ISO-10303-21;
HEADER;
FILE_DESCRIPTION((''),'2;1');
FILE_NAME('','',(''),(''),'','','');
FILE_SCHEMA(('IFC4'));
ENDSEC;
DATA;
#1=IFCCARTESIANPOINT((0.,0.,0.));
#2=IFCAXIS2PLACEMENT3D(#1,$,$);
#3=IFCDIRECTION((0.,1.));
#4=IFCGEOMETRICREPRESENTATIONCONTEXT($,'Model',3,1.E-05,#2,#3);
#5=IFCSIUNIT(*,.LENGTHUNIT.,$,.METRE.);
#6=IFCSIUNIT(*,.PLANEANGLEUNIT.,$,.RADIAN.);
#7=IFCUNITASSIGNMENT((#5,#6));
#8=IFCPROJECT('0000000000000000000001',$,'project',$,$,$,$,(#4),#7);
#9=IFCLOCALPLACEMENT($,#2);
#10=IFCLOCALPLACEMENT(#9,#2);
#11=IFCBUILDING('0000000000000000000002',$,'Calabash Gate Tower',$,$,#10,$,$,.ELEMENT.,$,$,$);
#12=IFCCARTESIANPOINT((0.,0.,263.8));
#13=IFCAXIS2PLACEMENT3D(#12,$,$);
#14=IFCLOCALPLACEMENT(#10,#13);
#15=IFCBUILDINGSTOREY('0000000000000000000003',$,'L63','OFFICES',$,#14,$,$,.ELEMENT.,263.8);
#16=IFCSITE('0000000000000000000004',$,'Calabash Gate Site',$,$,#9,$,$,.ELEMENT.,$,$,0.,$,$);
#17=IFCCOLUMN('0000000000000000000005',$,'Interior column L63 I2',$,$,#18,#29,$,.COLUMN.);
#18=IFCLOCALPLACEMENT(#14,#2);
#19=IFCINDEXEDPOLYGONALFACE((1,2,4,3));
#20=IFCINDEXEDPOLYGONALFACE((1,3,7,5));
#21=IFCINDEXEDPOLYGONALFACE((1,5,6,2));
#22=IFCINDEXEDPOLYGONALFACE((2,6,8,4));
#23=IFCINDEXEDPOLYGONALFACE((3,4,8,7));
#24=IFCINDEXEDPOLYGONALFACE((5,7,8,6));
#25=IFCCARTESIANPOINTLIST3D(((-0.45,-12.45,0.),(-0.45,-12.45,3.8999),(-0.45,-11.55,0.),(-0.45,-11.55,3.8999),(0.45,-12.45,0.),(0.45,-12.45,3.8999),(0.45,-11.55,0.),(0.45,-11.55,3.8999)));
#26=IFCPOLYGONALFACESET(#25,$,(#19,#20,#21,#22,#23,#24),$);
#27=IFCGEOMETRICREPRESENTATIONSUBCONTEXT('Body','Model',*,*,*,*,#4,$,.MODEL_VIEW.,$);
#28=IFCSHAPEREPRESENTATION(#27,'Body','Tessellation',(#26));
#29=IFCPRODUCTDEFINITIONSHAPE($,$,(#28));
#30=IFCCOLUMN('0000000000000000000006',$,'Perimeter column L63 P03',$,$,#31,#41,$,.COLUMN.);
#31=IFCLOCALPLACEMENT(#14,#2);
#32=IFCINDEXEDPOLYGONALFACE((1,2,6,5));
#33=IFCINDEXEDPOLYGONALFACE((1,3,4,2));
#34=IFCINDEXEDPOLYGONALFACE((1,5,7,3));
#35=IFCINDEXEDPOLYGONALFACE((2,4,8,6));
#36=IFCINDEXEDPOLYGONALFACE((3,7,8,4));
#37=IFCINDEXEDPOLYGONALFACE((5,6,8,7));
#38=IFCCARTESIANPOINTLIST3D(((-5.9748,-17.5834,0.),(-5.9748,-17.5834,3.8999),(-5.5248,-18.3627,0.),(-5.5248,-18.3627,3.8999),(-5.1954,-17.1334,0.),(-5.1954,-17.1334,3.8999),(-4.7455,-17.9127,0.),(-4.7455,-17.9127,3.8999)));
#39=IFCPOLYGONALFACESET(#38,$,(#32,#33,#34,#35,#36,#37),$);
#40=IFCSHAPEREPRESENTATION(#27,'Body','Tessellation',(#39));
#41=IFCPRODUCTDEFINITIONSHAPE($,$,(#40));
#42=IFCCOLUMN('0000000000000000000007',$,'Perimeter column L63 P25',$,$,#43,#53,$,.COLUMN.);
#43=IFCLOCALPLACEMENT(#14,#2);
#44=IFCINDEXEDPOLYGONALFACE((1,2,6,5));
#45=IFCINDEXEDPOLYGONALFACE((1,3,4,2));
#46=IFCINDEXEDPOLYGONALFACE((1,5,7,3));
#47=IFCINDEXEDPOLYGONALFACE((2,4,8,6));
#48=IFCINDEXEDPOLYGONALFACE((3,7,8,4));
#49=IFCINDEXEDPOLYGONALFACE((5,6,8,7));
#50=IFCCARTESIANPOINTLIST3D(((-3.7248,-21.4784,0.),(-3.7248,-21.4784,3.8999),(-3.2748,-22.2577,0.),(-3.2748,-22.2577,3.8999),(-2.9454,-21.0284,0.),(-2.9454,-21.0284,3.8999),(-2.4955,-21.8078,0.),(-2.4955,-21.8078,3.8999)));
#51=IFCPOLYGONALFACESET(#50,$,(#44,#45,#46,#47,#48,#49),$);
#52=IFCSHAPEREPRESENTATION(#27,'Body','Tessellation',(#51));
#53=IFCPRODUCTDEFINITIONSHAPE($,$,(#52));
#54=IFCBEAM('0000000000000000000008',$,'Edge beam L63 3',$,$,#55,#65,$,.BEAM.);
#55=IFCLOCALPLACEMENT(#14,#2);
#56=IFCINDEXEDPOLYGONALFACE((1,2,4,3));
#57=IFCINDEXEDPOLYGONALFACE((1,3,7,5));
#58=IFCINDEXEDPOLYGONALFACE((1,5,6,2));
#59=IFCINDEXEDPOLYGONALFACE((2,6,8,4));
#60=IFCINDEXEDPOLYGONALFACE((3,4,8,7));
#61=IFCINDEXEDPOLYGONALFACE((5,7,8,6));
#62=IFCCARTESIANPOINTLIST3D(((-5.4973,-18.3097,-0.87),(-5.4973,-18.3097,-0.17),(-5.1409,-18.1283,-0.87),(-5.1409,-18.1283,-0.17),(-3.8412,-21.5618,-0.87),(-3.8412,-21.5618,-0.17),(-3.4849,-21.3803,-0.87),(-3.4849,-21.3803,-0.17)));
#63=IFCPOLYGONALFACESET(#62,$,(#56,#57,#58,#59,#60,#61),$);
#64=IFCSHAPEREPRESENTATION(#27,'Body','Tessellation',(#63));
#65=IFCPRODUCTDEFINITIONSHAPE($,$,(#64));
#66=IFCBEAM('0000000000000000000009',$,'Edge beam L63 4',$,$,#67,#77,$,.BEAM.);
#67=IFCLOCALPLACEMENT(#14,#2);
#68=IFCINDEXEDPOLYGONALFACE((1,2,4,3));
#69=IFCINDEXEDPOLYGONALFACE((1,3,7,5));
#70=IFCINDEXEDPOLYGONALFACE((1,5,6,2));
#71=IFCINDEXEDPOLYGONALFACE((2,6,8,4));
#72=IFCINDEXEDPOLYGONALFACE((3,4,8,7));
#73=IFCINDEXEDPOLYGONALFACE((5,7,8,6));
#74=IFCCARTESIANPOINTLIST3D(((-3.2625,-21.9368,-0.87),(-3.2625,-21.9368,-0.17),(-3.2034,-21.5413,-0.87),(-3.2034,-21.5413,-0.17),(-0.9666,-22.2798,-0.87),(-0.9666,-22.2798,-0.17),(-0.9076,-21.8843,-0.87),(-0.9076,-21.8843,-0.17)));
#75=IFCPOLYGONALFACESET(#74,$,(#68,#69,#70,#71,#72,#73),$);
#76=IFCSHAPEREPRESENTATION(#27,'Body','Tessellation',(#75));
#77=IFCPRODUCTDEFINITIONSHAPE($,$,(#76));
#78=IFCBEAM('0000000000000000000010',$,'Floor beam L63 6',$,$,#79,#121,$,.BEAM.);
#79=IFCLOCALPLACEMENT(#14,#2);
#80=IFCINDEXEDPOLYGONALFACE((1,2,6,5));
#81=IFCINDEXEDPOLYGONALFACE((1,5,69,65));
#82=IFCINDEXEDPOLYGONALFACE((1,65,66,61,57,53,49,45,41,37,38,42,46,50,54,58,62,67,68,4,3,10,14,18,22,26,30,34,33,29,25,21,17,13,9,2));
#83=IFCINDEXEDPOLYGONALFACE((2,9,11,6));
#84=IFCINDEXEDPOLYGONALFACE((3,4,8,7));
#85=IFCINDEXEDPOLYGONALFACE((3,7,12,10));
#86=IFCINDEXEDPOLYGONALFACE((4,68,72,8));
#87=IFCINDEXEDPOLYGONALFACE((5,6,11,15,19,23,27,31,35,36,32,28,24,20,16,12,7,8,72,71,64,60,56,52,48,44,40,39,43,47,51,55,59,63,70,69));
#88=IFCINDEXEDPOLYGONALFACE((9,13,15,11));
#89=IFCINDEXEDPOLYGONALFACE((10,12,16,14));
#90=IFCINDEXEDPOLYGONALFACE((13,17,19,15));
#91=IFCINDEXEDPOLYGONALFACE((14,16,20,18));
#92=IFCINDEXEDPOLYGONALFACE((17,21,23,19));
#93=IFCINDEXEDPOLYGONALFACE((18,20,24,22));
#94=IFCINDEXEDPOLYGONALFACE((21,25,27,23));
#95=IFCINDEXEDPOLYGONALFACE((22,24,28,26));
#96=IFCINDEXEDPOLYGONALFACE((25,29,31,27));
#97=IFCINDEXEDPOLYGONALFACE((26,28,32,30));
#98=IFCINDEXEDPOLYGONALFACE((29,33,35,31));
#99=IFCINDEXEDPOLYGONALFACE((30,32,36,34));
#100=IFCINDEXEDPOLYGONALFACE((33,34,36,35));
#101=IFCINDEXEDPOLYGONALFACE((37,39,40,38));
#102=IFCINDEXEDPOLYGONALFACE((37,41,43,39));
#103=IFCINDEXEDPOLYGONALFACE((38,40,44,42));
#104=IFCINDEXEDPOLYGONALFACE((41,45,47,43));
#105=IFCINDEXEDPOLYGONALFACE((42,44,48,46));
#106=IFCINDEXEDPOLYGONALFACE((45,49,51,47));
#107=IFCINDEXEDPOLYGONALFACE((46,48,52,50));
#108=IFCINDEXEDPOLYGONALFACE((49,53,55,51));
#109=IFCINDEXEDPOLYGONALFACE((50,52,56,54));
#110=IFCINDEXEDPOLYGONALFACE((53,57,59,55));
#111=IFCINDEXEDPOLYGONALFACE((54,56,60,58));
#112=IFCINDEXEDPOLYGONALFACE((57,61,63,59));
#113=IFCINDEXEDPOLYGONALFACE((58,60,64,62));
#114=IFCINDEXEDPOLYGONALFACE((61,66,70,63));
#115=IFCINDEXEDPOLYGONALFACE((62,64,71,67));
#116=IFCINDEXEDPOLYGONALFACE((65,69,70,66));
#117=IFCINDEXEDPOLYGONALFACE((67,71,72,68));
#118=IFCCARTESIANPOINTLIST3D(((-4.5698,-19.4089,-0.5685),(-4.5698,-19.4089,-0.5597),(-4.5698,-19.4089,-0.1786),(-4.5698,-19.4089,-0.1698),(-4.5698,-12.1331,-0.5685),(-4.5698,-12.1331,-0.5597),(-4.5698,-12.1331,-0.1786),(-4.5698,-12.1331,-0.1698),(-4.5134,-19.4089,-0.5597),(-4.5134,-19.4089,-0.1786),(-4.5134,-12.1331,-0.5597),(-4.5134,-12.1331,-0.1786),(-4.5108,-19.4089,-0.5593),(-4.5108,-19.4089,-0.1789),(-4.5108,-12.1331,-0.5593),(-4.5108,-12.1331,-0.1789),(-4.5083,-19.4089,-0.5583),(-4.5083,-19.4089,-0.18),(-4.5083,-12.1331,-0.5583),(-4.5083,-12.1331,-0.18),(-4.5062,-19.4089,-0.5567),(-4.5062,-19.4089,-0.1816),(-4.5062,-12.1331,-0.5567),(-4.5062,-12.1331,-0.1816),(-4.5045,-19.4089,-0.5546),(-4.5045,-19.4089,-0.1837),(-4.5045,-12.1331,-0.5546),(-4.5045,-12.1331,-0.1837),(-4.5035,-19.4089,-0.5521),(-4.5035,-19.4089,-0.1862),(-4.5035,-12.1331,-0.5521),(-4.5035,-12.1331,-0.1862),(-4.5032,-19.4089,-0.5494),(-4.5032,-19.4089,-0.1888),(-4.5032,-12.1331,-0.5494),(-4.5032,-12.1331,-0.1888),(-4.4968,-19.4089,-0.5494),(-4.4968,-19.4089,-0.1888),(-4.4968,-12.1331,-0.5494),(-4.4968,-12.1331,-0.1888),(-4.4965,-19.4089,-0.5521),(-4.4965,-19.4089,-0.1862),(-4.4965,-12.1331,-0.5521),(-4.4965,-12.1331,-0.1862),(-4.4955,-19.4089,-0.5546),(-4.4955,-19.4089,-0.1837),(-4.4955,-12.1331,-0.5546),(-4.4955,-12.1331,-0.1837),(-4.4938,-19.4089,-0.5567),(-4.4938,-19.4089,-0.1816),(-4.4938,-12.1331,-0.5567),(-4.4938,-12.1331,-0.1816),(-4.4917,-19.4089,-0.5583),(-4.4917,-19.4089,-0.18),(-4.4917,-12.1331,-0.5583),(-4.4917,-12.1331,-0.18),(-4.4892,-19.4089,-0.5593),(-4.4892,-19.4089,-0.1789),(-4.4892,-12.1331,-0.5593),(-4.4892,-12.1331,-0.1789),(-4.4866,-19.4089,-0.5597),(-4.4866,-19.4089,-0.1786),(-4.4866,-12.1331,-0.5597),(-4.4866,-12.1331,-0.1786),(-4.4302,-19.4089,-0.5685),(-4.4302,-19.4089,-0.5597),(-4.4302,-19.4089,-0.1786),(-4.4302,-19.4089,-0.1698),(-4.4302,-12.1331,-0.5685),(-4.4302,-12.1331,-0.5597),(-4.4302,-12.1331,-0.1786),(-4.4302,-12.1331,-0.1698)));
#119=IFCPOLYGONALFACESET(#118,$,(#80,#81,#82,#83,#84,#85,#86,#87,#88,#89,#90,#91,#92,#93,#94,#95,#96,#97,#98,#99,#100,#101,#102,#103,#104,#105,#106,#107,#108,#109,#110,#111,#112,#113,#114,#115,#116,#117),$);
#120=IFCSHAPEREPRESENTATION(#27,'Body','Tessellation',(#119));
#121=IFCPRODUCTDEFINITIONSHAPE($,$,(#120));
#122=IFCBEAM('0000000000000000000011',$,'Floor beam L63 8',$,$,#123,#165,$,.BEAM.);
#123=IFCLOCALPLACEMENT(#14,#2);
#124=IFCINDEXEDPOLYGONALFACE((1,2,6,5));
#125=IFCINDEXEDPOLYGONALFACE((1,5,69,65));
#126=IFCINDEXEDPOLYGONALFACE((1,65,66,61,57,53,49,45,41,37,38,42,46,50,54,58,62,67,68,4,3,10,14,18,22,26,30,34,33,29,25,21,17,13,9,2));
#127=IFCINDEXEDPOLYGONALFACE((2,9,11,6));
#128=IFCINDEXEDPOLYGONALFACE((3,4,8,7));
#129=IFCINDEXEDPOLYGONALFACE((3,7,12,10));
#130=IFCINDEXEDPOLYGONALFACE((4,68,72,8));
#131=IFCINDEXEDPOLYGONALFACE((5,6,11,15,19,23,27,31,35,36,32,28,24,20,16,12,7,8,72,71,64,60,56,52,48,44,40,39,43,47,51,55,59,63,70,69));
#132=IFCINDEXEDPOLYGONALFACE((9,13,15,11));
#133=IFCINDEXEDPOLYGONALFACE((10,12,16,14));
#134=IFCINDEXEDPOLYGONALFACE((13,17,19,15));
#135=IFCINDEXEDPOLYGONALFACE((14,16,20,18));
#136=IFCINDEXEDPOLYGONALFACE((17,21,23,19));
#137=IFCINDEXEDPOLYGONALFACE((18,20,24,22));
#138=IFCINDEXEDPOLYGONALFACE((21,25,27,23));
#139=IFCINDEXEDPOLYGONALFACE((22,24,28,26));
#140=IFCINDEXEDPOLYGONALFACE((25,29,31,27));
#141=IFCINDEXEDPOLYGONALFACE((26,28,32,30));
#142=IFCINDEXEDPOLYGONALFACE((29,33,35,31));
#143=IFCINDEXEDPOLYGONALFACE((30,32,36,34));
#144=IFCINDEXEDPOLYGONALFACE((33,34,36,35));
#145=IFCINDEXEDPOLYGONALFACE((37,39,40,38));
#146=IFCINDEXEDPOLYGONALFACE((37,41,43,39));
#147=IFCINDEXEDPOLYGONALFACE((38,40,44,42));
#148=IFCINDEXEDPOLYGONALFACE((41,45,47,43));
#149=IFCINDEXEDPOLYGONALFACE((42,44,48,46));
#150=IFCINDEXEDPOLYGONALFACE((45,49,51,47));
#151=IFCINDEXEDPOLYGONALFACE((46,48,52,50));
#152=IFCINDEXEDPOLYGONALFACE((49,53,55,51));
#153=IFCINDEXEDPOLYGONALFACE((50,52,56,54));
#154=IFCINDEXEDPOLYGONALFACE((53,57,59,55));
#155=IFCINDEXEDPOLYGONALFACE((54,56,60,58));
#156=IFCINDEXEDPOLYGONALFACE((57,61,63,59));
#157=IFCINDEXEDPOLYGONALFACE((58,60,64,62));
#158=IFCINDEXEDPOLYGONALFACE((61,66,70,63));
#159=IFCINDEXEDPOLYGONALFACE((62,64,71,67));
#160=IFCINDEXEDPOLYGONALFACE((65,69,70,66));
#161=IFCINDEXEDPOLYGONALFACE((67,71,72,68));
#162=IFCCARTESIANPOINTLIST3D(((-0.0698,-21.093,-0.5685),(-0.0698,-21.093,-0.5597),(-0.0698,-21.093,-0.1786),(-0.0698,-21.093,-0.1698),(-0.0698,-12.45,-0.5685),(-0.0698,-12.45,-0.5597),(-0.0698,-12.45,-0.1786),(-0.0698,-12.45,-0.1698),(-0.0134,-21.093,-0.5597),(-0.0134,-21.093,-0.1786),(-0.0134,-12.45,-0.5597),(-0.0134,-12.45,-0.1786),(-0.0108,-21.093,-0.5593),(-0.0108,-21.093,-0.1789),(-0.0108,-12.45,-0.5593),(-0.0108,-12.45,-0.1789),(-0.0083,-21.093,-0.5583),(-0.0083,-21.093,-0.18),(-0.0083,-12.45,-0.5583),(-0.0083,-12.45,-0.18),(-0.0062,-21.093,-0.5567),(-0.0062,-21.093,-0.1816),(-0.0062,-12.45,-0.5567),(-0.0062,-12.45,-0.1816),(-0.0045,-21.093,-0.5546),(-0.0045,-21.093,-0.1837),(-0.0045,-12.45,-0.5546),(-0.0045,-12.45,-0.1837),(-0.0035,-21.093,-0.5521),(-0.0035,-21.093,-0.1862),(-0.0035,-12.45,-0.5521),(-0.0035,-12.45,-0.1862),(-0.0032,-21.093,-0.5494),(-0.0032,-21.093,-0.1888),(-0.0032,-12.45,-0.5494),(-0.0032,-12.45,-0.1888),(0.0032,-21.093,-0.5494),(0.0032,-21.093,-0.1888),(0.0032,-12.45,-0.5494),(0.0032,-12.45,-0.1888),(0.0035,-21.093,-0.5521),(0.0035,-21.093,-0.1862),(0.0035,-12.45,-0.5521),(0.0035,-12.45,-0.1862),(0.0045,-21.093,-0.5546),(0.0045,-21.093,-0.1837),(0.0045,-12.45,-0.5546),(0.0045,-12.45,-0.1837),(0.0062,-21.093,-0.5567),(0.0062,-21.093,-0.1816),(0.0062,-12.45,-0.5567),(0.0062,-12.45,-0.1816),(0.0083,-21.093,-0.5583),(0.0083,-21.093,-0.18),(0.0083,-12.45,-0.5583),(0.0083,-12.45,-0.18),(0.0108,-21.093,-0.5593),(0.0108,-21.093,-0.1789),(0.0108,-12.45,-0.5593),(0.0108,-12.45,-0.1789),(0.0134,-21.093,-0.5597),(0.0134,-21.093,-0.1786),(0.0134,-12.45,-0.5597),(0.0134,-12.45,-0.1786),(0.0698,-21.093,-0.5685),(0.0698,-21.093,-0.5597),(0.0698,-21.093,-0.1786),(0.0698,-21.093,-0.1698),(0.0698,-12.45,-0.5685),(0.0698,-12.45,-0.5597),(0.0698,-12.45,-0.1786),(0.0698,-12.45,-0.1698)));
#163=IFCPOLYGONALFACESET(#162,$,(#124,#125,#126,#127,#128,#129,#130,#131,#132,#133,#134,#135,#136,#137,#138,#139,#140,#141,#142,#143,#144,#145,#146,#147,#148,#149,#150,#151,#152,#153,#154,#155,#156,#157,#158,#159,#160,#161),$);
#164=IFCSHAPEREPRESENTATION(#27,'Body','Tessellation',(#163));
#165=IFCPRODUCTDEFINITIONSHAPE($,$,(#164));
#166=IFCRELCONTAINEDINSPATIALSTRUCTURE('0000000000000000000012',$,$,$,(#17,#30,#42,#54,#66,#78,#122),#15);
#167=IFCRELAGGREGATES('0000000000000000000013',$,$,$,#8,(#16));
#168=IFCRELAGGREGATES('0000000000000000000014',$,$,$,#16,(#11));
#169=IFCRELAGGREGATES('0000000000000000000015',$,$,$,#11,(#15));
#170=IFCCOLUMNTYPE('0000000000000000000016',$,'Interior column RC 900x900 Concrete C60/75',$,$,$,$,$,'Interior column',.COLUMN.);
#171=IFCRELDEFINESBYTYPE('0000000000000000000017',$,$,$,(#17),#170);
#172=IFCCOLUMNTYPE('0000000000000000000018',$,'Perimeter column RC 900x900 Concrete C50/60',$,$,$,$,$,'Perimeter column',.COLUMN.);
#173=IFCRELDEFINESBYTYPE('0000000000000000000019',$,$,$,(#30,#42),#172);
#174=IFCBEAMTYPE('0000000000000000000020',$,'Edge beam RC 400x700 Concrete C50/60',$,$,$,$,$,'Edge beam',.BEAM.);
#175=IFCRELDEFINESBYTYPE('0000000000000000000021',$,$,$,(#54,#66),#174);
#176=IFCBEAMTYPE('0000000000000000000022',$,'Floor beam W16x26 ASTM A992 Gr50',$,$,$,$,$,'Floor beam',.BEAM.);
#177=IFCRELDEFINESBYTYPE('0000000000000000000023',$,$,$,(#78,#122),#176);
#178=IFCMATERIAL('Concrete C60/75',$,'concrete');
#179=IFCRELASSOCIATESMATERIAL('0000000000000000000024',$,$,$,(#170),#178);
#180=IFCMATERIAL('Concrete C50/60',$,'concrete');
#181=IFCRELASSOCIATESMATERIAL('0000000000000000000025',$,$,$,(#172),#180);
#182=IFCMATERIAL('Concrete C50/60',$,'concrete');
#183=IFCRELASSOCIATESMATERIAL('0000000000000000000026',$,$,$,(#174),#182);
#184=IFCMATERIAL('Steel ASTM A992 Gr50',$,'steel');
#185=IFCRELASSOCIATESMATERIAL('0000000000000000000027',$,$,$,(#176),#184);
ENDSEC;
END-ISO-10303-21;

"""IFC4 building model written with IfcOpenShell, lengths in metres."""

from ifc_helpers import new_model, si_unit, direction, frame, origin, origin_2d, place, context, subcontext, project, spatial, rectangle, i_section, extrude, material, material_profile, profile_set, type_object, element, save


model = new_model("IFC4")

# Units and contexts
model_context = context("Model", 3, precision=1e-05, world=origin(), true_north=direction((0.0, 1.0)))
body_context = subcontext(model_context, "Body", "Model", "MODEL_VIEW")
ifc_project = project(units=[si_unit("LENGTHUNIT", "METRE"), si_unit("PLANEANGLEUNIT", "RADIAN")], contexts=[model_context])

# Site, building, storey
site_placement = place(None, origin())
site = spatial("IfcSite", under=ifc_project, at=site_placement, Name="Calabash Gate Site", CompositionType="ELEMENT", RefElevation=0.0)
building_placement = place(site_placement, origin())
building = spatial("IfcBuilding", under=site, at=building_placement, Name="Calabash Gate Tower", CompositionType="ELEMENT")
storey_placement = place(building_placement, frame((0.0, 0.0, 263.8)))
storey = spatial("IfcBuildingStorey", under=building, at=storey_placement, Name="L63", Description="OFFICES", CompositionType="ELEMENT", Elevation=263.8)

# Columns
ifc_material_1 = material(Name="Concrete C60/75", Category="concrete")
ifc_material_profile_1 = material_profile(ifc_material_1, rectangle(XDim=0.8999, YDim=0.8999, at=origin_2d()))
ifc_profile_set_1 = profile_set([ifc_material_profile_1], Name="Concrete C60/75")
column_type_1 = type_object("IfcColumnType", Name="Interior column RC 900x900 Concrete C60/75", ElementType="Interior column", PredefinedType="COLUMN", material=ifc_profile_set_1)
column_placement = place(storey_placement, frame((0.0, -12.0, 0.0), z_axis=(0.0, 0.0, 1.0), x_axis=(1.0, 0.0, 0.0)))
element("IfcColumn", 1, at=column_placement, inside=storey, type_object=column_type_1, Name="Interior column L63 I2", PredefinedType="COLUMN", context=body_context, shape_type="SweptSolid", body=[
    extrude(rectangle(XDim=0.8999, YDim=0.8999, at=origin_2d()), origin(), (0.0, 0.0, 1.0), 3.8999),
])
ifc_material_2 = material(Name="Concrete C50/60", Category="concrete")
ifc_material_profile_2 = material_profile(ifc_material_2, rectangle(XDim=0.8999, YDim=0.8999, at=origin_2d()))
ifc_profile_set_2 = profile_set([ifc_material_profile_2], Name="Concrete C50/60")
column_type_2 = type_object("IfcColumnType", Name="Perimeter column RC 900x900 Concrete C50/60", ElementType="Perimeter column", PredefinedType="COLUMN", material=ifc_profile_set_2)
for number, where, z_axis, x_axis, name in (
    (2, (-5.3601, -17.748, 0.0), (0.0, 0.0, 1.0), (0.5, -0.866025, 0.0), "Perimeter column L63 P03"),
    (3, (-3.1101, -21.6431, 0.0), (0.0, 0.0, 1.0), (0.5, -0.866025, 0.0), "Perimeter column L63 P25"),
):
    element("IfcColumn", number, at=place(storey_placement, frame(where, z_axis=z_axis, x_axis=x_axis)), inside=storey, type_object=column_type_2, Name=name, PredefinedType="COLUMN", context=body_context, shape_type="SweptSolid", body=[
        extrude(rectangle(XDim=0.8999, YDim=0.8999, at=origin_2d()), origin(), (0.0, 0.0, 1.0), 3.8999),
    ])

# Beams
ifc_material_3 = material(Name="Concrete C50/60", Category="concrete")
ifc_material_profile_3 = material_profile(ifc_material_3, rectangle(XDim=0.3999, YDim=0.7, at=origin_2d()))
ifc_profile_set_3 = profile_set([ifc_material_profile_3], Name="Concrete C50/60")
beam_type_1 = type_object("IfcBeamType", Name="Edge beam RC 400x700 Concrete C50/60", ElementType="Edge beam", PredefinedType="BEAM", material=ifc_profile_set_3)
beam_1_placement = place(storey_placement, frame((-5.3191, -18.219, -0.52), z_axis=(0.453784, -0.891111, 0.0), x_axis=(0.891111, 0.453784, 0.0)))
element("IfcBeam", 4, at=beam_1_placement, inside=storey, type_object=beam_type_1, Name="Edge beam L63 3", PredefinedType="BEAM", context=body_context, shape_type="SweptSolid", body=[
    extrude(rectangle(XDim=0.3999, YDim=0.7, at=origin_2d()), origin(), (0.0, 0.0, 1.0), 3.6494),
])
beam_2_placement = place(storey_placement, frame((-3.2329, -21.739, -0.52), z_axis=(0.989023, -0.147764, 0.0), x_axis=(0.147764, 0.989023, 0.0)))
element("IfcBeam", 5, at=beam_2_placement, inside=storey, type_object=beam_type_1, Name="Edge beam L63 4", PredefinedType="BEAM", context=body_context, shape_type="SweptSolid", body=[
    extrude(rectangle(XDim=0.3999, YDim=0.7, at=origin_2d()), origin(), (0.0, 0.0, 1.0), 2.3213),
])
ifc_material_4 = material(Name="Steel ASTM A992 Gr50", Category="steel")
ifc_material_profile_4 = material_profile(ifc_material_4, i_section(OverallWidth=0.1396, OverallDepth=0.3987, WebThickness=0.0063, FlangeThickness=0.0088, FilletRadius=0.0103, at=origin_2d()))
ifc_profile_set_4 = profile_set([ifc_material_profile_4], Name="Steel ASTM A992 Gr50")
beam_type_2 = type_object("IfcBeamType", Name="Floor beam W16x26 ASTM A992 Gr50", ElementType="Floor beam", PredefinedType="BEAM", material=ifc_profile_set_4)
beam_3_placement = place(storey_placement, frame((-4.5, -19.4089, -0.3691), z_axis=(0.0, 1.0, 0.0), x_axis=(-1.0, 0.0, 0.0)))
element("IfcBeam", 6, at=beam_3_placement, inside=storey, type_object=beam_type_2, Name="Floor beam L63 6", PredefinedType="BEAM", context=body_context, shape_type="SweptSolid", body=[
    extrude(i_section(OverallWidth=0.1396, OverallDepth=0.3987, WebThickness=0.0063, FlangeThickness=0.0088, FilletRadius=0.0103, at=origin_2d()), origin(), (0.0, 0.0, 1.0), 7.2759),
])
beam_4_placement = place(storey_placement, frame((0.0, -21.093, -0.3691), z_axis=(0.0, 1.0, 0.0), x_axis=(-1.0, 0.0, 0.0)))
element("IfcBeam", 7, at=beam_4_placement, inside=storey, type_object=beam_type_2, Name="Floor beam L63 8", PredefinedType="BEAM", context=body_context, shape_type="SweptSolid", body=[
    extrude(i_section(OverallWidth=0.1396, OverallDepth=0.3987, WebThickness=0.0063, FlangeThickness=0.0088, FilletRadius=0.0103, at=origin_2d()), origin(), (0.0, 0.0, 1.0), 8.6431),
])

save(model, "model.ifc")
